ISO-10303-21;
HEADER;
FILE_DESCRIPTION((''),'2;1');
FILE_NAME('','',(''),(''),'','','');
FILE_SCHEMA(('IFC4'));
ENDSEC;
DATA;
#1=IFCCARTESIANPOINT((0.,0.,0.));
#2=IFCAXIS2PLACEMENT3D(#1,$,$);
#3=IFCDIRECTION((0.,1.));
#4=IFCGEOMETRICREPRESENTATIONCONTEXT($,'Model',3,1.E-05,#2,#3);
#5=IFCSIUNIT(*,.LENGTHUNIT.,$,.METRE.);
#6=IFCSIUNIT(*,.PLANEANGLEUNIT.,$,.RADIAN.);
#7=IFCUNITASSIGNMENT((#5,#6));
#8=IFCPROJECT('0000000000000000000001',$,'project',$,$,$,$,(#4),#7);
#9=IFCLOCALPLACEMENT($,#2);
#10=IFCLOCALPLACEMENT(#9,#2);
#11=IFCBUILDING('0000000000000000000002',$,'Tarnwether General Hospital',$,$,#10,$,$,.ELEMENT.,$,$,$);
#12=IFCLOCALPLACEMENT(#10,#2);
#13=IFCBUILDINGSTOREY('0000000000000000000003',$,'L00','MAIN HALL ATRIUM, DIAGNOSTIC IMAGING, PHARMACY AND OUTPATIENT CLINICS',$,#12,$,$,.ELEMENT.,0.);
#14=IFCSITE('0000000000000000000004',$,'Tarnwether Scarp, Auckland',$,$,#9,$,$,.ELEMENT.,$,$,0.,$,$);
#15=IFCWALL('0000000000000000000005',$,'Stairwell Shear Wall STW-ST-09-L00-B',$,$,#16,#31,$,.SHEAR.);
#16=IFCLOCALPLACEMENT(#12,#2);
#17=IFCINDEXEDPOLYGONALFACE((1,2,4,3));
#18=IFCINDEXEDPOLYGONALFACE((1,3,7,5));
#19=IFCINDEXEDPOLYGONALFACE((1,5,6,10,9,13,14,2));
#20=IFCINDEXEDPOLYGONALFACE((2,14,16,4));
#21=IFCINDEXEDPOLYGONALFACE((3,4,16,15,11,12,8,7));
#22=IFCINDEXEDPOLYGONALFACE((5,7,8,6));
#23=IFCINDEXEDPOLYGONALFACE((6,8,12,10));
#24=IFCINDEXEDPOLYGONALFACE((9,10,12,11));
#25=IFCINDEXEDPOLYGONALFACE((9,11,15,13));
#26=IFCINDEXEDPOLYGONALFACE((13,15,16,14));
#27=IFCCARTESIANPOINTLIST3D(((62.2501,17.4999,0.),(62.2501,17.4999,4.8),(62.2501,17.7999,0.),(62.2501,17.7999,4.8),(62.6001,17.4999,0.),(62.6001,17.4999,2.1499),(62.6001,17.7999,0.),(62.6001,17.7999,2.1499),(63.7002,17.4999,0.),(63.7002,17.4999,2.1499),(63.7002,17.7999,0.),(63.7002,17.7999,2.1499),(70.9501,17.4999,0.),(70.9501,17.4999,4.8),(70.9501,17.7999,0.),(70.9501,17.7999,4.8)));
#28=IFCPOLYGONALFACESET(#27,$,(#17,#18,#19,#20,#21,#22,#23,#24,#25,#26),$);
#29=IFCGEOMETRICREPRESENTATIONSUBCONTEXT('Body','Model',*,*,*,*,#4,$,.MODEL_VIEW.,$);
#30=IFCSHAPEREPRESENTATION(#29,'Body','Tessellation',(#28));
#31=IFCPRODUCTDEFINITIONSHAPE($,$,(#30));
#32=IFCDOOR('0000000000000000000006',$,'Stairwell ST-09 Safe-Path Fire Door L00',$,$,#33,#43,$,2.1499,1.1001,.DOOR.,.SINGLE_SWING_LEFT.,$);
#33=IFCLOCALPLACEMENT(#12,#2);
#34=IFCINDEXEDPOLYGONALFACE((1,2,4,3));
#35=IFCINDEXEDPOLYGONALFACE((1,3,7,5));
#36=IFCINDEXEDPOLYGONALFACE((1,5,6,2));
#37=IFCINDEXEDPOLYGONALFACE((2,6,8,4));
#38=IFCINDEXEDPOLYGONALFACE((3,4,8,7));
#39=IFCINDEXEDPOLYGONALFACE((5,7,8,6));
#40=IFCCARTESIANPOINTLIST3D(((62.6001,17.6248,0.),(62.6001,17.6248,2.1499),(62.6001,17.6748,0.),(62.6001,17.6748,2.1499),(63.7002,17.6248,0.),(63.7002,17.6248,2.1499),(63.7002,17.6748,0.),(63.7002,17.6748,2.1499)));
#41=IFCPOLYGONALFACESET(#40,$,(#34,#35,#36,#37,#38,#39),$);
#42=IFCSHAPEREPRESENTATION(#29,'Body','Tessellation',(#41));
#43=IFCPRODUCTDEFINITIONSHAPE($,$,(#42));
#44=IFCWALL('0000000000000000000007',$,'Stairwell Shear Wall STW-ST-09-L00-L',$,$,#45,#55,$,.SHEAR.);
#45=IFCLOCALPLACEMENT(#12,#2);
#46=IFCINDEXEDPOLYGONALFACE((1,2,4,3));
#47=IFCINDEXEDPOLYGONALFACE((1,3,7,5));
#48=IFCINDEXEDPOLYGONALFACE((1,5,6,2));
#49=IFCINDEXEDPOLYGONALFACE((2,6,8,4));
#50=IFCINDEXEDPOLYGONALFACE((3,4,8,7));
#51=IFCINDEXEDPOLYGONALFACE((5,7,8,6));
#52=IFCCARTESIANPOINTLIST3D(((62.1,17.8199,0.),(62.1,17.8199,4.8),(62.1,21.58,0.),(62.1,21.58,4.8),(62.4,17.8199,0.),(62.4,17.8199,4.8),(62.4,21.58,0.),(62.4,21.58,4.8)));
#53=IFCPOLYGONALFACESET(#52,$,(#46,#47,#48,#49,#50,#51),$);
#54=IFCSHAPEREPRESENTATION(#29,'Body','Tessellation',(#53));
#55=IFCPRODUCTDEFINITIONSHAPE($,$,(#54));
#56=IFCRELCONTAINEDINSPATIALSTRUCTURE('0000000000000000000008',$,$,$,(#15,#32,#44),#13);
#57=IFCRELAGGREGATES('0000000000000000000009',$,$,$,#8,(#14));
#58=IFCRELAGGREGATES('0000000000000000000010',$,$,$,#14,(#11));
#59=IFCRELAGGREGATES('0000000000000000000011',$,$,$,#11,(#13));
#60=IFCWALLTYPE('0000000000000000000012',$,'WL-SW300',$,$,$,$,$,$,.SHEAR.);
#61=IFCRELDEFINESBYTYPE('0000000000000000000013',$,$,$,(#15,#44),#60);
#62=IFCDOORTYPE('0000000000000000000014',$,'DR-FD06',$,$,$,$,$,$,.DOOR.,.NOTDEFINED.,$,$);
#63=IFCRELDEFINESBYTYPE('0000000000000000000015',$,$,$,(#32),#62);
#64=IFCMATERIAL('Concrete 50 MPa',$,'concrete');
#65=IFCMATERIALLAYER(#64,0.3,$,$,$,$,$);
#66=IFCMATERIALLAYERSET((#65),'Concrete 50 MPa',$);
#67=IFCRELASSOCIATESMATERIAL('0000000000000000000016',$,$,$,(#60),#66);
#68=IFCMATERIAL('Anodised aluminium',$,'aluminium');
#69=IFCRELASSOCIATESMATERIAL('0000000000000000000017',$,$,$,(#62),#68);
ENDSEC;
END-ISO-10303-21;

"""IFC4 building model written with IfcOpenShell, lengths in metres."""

from ifc_helpers import new_model, si_unit, direction, frame, frame_2d, origin, place, context, subcontext, project, spatial, rectangle, extrude, material, layer, layer_set, type_object, element, fill, save


model = new_model("IFC4")

# Units and contexts
model_context = context("Model", 3, precision=1e-05, world=origin(), true_north=direction((0.0, 1.0)))
body_context = subcontext(model_context, "Body", "Model", "MODEL_VIEW")
ifc_project = project(units=[si_unit("LENGTHUNIT", "METRE"), si_unit("PLANEANGLEUNIT", "RADIAN")], contexts=[model_context])

# Site, building, storey
site_placement = place(None, origin())
site = spatial("IfcSite", under=ifc_project, at=site_placement, Name="Tarnwether Scarp, Auckland", CompositionType="ELEMENT", RefElevation=0.0)
building_placement = place(site_placement, origin())
building = spatial("IfcBuilding", under=site, at=building_placement, Name="Tarnwether General Hospital", CompositionType="ELEMENT")
storey_placement = place(building_placement, origin())
storey = spatial("IfcBuildingStorey", under=building, at=storey_placement, Name="L00", Description="MAIN HALL ATRIUM, DIAGNOSTIC IMAGING, PHARMACY AND OUTPATIENT CLINICS", CompositionType="ELEMENT", Elevation=0.0)

# Wall, opening, door
ifc_material_1 = material(Name="Concrete 50 MPa", Category="concrete")
ifc_layer_1 = layer(ifc_material_1, 0.3)
ifc_layer_set_1 = layer_set([ifc_layer_1], Name="Concrete 50 MPa")
wall_type_1 = type_object("IfcWallType", Name="WL-SW300", PredefinedType="SHEAR", material=ifc_layer_set_1)
wall_1_placement = place(storey_placement, frame((62.25, 17.6499, 0.0), z_axis=(0.0, 0.0, 1.0), x_axis=(1.0, 0.0, 0.0)))
wall_1 = element("IfcWall", 1, at=wall_1_placement, inside=storey, type_object=wall_type_1, Name="Stairwell Shear Wall STW-ST-09-L00-B", PredefinedType="SHEAR", context=body_context, shape_type="SweptSolid", body=[
    extrude(rectangle(XDim=8.7, YDim=0.3, at=frame_2d((4.3501, 0.0))), origin(), (0.0, 0.0, 1.0), 4.8),
])
opening_1_placement = place(wall_1_placement, frame((0.3501, 0.0, 0.0)))
opening_1 = element("IfcOpeningElement", 2, at=opening_1_placement, cuts=wall_1, PredefinedType="OPENING", context=body_context, shape_type="SweptSolid", body=[
    extrude(rectangle(XDim=1.1001, YDim=2.1499, at=frame_2d((0.55, 1.075))), frame((0.0, 0.1602, 0.0), z_axis=(0.0, -1.0, 0.0), x_axis=(1.0, 0.0, 0.0)), (0.0, 0.0, 1.0), 0.3201),
])
ifc_material_2 = material(Name="Anodised aluminium", Category="aluminium")
door_type_1 = type_object("IfcDoorType", Name="DR-FD06", OperationType="NOTDEFINED", PredefinedType="DOOR", material=ifc_material_2)
door_1_placement = place(opening_1_placement, origin())
door_1 = element("IfcDoor", 3, at=door_1_placement, inside=storey, type_object=door_type_1, Name="Stairwell ST-09 Safe-Path Fire Door L00", OperationType="SINGLE_SWING_LEFT", OverallHeight=2.1499, OverallWidth=1.1001, PredefinedType="DOOR", context=body_context, shape_type="SweptSolid", body=[
    extrude(rectangle(XDim=1.1001, YDim=2.1499, at=frame_2d((0.55, 1.075))), frame((0.0, 0.0249, 0.0), z_axis=(0.0, -1.0, 0.0), x_axis=(1.0, 0.0, 0.0)), (0.0, 0.0, 1.0), 0.05),
])
fill(opening_1, door_1)

# Wall
wall_2_placement = place(storey_placement, frame((62.25, 17.8201, 0.0), z_axis=(0.0, 0.0, 1.0), x_axis=(0.0, 1.0, 0.0)))
element("IfcWall", 4, at=wall_2_placement, inside=storey, type_object=wall_type_1, Name="Stairwell Shear Wall STW-ST-09-L00-L", PredefinedType="SHEAR", context=body_context, shape_type="SweptSolid", body=[
    extrude(rectangle(XDim=3.76, YDim=0.3, at=frame_2d((1.8799, 0.0))), origin(), (0.0, 0.0, 1.0), 4.8),
])

save(model, "model.ifc")
